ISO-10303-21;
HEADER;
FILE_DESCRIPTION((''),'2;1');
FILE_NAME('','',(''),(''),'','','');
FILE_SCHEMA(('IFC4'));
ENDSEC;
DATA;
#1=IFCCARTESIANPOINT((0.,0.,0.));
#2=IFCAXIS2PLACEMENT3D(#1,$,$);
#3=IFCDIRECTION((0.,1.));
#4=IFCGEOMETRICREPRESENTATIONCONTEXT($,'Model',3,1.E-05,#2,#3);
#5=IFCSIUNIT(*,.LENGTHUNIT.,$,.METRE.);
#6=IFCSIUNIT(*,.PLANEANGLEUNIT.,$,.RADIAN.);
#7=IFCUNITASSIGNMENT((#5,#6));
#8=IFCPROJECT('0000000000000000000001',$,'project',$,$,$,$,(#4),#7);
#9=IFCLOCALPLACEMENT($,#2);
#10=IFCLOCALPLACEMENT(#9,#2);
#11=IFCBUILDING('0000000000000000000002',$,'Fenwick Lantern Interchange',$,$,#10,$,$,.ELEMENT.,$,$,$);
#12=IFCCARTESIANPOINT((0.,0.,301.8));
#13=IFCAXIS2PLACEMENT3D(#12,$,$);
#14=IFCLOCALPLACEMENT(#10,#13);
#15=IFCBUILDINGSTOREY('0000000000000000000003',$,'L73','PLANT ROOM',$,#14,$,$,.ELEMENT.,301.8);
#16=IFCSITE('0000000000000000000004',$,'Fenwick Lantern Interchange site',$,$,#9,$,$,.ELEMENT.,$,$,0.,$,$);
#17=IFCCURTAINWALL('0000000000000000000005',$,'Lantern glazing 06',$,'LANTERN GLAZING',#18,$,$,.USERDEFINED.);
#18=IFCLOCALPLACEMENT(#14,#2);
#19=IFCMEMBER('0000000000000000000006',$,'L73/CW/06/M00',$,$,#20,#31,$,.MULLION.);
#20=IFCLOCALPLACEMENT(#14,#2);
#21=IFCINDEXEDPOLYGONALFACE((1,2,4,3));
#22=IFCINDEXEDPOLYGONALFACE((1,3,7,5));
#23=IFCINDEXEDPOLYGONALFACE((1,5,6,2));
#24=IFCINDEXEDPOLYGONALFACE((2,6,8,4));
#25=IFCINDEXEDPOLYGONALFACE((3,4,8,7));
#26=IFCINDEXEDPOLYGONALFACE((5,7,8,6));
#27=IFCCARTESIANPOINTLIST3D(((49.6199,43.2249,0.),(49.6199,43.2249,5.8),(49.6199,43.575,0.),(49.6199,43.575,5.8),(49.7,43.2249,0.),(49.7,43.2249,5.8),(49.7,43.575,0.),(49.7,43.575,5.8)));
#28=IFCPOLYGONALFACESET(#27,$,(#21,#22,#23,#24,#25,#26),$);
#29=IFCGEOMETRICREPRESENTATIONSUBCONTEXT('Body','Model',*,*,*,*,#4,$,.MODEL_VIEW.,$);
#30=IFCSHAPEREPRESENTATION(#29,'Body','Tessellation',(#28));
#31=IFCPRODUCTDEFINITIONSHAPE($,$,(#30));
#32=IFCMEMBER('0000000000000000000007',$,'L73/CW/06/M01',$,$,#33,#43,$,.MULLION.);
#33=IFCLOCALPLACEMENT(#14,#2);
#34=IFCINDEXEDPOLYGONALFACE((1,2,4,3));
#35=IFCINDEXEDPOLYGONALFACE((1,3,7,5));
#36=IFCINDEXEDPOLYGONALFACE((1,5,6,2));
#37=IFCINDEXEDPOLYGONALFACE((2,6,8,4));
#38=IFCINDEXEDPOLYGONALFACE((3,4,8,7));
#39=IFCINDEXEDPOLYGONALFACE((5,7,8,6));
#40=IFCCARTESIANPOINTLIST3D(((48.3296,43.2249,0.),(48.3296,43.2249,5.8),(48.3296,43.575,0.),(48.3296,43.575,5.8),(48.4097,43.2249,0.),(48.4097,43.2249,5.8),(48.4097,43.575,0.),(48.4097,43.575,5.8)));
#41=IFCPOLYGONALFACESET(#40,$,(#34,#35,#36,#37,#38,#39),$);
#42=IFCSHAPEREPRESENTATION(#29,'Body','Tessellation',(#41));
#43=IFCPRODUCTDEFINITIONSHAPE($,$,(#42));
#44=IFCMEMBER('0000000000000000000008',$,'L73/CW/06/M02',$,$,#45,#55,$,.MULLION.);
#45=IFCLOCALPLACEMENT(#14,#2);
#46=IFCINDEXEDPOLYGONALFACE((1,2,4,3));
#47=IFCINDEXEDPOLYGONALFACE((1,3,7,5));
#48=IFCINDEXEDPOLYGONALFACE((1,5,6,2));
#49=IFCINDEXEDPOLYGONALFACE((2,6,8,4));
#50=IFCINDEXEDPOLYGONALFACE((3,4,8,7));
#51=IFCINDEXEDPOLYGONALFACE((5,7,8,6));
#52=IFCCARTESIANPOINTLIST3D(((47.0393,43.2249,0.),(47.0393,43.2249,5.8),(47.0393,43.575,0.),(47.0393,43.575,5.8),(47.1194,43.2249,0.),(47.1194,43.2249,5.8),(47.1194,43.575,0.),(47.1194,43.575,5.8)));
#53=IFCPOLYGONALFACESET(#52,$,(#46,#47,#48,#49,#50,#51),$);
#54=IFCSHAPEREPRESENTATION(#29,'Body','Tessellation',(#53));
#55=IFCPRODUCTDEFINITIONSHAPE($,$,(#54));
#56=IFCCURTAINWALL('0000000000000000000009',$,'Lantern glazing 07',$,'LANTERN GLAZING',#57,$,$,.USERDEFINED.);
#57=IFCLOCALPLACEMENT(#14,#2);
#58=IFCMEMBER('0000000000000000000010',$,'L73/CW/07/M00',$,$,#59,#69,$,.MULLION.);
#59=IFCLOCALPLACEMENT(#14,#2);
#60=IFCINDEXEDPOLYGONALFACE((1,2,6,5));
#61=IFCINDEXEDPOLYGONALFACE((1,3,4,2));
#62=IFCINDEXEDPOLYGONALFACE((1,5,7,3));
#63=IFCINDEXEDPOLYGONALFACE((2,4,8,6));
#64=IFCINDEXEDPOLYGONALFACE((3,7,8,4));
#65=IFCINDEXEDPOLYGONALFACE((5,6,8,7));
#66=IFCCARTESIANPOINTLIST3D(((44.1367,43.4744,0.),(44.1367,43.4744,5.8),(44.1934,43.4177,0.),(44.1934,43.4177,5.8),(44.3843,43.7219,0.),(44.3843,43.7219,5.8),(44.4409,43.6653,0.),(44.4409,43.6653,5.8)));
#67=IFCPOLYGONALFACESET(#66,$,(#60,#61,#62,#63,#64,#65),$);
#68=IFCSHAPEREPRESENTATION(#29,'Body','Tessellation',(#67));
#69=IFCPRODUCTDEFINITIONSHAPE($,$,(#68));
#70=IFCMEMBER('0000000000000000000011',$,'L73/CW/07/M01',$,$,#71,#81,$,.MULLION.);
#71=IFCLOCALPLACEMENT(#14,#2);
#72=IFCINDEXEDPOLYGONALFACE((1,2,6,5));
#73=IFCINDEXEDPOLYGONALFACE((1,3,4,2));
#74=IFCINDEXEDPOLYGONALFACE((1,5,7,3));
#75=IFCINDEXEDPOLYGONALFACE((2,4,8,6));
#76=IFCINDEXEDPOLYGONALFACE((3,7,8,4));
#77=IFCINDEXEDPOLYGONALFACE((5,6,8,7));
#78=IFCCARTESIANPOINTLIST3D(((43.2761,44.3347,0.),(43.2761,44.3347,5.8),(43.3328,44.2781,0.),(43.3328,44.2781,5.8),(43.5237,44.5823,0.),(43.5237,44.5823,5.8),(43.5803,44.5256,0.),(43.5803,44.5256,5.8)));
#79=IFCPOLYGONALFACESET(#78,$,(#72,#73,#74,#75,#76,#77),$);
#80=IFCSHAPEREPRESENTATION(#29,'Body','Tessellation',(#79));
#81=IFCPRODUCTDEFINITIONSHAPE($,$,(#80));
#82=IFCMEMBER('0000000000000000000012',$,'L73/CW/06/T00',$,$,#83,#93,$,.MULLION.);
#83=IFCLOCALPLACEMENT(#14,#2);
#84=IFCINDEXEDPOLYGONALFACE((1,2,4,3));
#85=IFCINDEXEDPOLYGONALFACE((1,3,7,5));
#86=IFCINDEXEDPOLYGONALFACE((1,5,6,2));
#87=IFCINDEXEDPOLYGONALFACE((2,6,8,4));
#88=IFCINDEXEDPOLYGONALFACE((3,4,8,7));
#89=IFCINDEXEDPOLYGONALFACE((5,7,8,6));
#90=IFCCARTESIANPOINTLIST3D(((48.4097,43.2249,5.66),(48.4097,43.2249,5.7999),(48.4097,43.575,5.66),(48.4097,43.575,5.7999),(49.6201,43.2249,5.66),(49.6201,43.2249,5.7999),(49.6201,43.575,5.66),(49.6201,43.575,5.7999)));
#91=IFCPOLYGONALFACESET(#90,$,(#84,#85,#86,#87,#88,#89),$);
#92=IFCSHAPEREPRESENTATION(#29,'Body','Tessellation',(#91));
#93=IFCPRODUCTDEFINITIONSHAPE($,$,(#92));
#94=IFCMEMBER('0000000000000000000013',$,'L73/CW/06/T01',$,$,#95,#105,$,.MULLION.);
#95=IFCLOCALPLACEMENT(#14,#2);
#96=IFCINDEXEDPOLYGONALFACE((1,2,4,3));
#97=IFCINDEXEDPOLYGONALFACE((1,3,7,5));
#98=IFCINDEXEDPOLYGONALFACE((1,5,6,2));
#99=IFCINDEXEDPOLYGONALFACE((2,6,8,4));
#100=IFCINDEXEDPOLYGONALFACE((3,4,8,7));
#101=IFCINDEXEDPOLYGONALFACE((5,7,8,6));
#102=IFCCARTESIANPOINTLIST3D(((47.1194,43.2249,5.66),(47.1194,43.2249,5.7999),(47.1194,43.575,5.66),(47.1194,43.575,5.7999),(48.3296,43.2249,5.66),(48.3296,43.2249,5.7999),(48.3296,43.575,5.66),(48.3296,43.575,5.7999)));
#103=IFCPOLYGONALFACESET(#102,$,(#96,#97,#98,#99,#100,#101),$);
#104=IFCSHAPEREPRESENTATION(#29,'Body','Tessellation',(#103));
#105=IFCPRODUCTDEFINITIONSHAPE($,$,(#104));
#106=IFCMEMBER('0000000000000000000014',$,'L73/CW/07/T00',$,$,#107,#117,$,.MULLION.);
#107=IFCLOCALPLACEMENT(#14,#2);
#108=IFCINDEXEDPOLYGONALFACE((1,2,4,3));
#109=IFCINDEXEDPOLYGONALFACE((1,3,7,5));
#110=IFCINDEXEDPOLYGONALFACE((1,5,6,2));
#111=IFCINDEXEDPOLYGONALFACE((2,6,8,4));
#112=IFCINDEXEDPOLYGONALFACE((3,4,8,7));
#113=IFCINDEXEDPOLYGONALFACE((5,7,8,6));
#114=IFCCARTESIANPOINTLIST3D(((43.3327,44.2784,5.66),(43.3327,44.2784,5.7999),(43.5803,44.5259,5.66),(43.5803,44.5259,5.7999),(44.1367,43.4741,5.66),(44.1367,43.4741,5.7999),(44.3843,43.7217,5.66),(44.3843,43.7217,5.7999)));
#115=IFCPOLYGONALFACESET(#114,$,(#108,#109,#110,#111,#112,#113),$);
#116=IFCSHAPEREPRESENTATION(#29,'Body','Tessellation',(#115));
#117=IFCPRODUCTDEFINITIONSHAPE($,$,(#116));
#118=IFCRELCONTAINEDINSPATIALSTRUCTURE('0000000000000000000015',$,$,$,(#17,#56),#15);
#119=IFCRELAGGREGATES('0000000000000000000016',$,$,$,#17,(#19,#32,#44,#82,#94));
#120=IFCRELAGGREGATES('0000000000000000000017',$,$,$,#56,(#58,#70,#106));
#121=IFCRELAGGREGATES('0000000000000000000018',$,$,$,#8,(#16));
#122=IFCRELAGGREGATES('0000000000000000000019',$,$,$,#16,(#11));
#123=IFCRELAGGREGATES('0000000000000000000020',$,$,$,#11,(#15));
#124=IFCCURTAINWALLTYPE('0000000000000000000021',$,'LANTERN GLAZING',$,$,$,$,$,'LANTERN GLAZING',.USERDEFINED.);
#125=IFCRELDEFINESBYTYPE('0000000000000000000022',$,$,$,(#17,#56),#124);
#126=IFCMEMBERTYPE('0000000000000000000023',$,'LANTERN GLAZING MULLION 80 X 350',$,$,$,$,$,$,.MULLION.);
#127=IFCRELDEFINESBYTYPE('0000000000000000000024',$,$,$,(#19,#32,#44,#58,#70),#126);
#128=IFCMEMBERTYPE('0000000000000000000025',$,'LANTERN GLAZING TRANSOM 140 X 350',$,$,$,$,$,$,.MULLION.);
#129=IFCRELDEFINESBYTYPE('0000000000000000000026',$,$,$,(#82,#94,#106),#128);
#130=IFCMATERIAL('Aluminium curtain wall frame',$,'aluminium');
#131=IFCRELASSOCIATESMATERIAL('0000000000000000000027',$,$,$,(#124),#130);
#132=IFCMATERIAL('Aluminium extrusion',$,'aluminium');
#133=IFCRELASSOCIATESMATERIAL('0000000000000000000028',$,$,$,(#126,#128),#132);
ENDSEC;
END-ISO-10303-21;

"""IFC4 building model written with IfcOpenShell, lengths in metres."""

from ifc_helpers import new_model, si_unit, direction, frame, origin, origin_2d, place, context, subcontext, project, spatial, rectangle, extrude, material, material_profile, profile_set, type_object, element, aggregate, save


model = new_model("IFC4")

# Units and contexts
model_context = context("Model", 3, precision=1e-05, world=origin(), true_north=direction((0.0, 1.0)))
body_context = subcontext(model_context, "Body", "Model", "MODEL_VIEW")
ifc_project = project(units=[si_unit("LENGTHUNIT", "METRE"), si_unit("PLANEANGLEUNIT", "RADIAN")], contexts=[model_context])

# Site, building, storey
site_placement = place(None, origin())
site = spatial("IfcSite", under=ifc_project, at=site_placement, Name="Fenwick Lantern Interchange site", CompositionType="ELEMENT", RefElevation=0.0)
building_placement = place(site_placement, origin())
building = spatial("IfcBuilding", under=site, at=building_placement, Name="Fenwick Lantern Interchange", CompositionType="ELEMENT")
storey_placement = place(building_placement, frame((0.0, 0.0, 301.8)))
storey = spatial("IfcBuildingStorey", under=building, at=storey_placement, Name="L73", Description="PLANT ROOM", CompositionType="ELEMENT", Elevation=301.8)

# Curtain walls, members
ifc_material_1 = material(Name="Aluminium curtain wall frame", Category="aluminium")
curtain_wall_type = type_object("IfcCurtainWallType", Name="LANTERN GLAZING", ElementType="LANTERN GLAZING", PredefinedType="USERDEFINED", material=ifc_material_1)
curtain_wall_1_placement = place(storey_placement, origin())
curtain_wall_1 = element("IfcCurtainWall", 1, at=curtain_wall_1_placement, inside=storey, type_object=curtain_wall_type, Name="Lantern glazing 06", ObjectType="LANTERN GLAZING", PredefinedType="USERDEFINED")
ifc_material_2 = material(Name="Aluminium extrusion", Category="aluminium")
ifc_material_profile_1 = material_profile(ifc_material_2, rectangle(XDim=0.3501, YDim=0.0801, at=origin_2d()), Name="LANTERN GLAZING MULLION 80 X 350")
ifc_profile_set_1 = profile_set([ifc_material_profile_1], Name="Aluminium extrusion")
member_type_1 = type_object("IfcMemberType", Name="LANTERN GLAZING MULLION 80 X 350", PredefinedType="MULLION", material=ifc_profile_set_1)
member_1_placement = place(storey_placement, frame((49.6599, 43.3999, 0.0), z_axis=(0.0, 0.0, 1.0), x_axis=(0.0, -1.0, 0.0)))
member_1 = element("IfcMember", 2, at=member_1_placement, type_object=member_type_1, Name="L73/CW/06/M00", PredefinedType="MULLION", context=body_context, shape_type="SweptSolid", body=[
    extrude(rectangle(XDim=0.3501, YDim=0.0801, at=origin_2d()), origin(), (0.0, 0.0, 1.0), 5.8),
])
member_2_placement = place(storey_placement, frame((48.3696, 43.3999, 0.0), z_axis=(0.0, 0.0, 1.0), x_axis=(0.0, -1.0, 0.0)))
member_2 = element("IfcMember", 3, at=member_2_placement, type_object=member_type_1, Name="L73/CW/06/M01", PredefinedType="MULLION", context=body_context, shape_type="SweptSolid", body=[
    extrude(rectangle(XDim=0.3501, YDim=0.0801, at=origin_2d()), origin(), (0.0, 0.0, 1.0), 5.8),
])
member_3_placement = place(storey_placement, frame((47.0793, 43.3999, 0.0), z_axis=(0.0, 0.0, 1.0), x_axis=(0.0, -1.0, 0.0)))
member_3 = element("IfcMember", 4, at=member_3_placement, type_object=member_type_1, Name="L73/CW/06/M02", PredefinedType="MULLION", context=body_context, shape_type="SweptSolid", body=[
    extrude(rectangle(XDim=0.3501, YDim=0.0801, at=origin_2d()), origin(), (0.0, 0.0, 1.0), 5.8),
])
curtain_wall_2_placement = place(storey_placement, origin())
curtain_wall_2 = element("IfcCurtainWall", 5, at=curtain_wall_2_placement, inside=storey, type_object=curtain_wall_type, Name="Lantern glazing 07", ObjectType="LANTERN GLAZING", PredefinedType="USERDEFINED")
member_4_placement = place(storey_placement, frame((44.2888, 43.5698, 0.0), z_axis=(0.0, 0.0, 1.0), x_axis=(-0.707107, -0.707107, 0.0)))
member_4 = element("IfcMember", 6, at=member_4_placement, type_object=member_type_1, Name="L73/CW/07/M00", PredefinedType="MULLION", context=body_context, shape_type="SweptSolid", body=[
    extrude(rectangle(XDim=0.3501, YDim=0.0801, at=origin_2d()), origin(), (0.0, 0.0, 1.0), 5.8),
])
member_5_placement = place(storey_placement, frame((43.4282, 44.4302, 0.0), z_axis=(0.0, 0.0, 1.0), x_axis=(-0.707107, -0.707107, 0.0)))
member_5 = element("IfcMember", 7, at=member_5_placement, type_object=member_type_1, Name="L73/CW/07/M01", PredefinedType="MULLION", context=body_context, shape_type="SweptSolid", body=[
    extrude(rectangle(XDim=0.3501, YDim=0.0801, at=origin_2d()), origin(), (0.0, 0.0, 1.0), 5.8),
])

# Members
ifc_material_profile_2 = material_profile(ifc_material_2, rectangle(XDim=0.3501, YDim=0.1399, at=origin_2d()), Name="LANTERN GLAZING TRANSOM 140 X 350")
ifc_profile_set_2 = profile_set([ifc_material_profile_2], Name="Aluminium extrusion")
member_type_2 = type_object("IfcMemberType", Name="LANTERN GLAZING TRANSOM 140 X 350", PredefinedType="MULLION", material=ifc_profile_set_2)
member_6_placement = place(storey_placement, frame((49.6201, 43.3999, 5.73), z_axis=(-1.0, 0.0, 0.0), x_axis=(0.0, -1.0, 0.0)))
member_6 = element("IfcMember", 8, at=member_6_placement, type_object=member_type_2, Name="L73/CW/06/T00", PredefinedType="MULLION", context=body_context, shape_type="SweptSolid", body=[
    extrude(rectangle(XDim=0.3501, YDim=0.1399, at=origin_2d()), origin(), (0.0, 0.0, 1.0), 1.2104),
])
member_7_placement = place(storey_placement, frame((48.3296, 43.3999, 5.73), z_axis=(-1.0, 0.0, 0.0), x_axis=(0.0, -1.0, 0.0)))
member_7 = element("IfcMember", 9, at=member_7_placement, type_object=member_type_2, Name="L73/CW/06/T01", PredefinedType="MULLION", context=body_context, shape_type="SweptSolid", body=[
    extrude(rectangle(XDim=0.3501, YDim=0.1399, at=origin_2d()), origin(), (0.0, 0.0, 1.0), 1.2102),
])
aggregate(curtain_wall_1, [member_1, member_2, member_3, member_6, member_7])
member_8_placement = place(storey_placement, frame((44.2605, 43.5979, 5.73), z_axis=(-0.706999, 0.707214, 0.0), x_axis=(-0.707214, -0.706999, 0.0)))
member_8 = element("IfcMember", 10, at=member_8_placement, type_object=member_type_2, Name="L73/CW/07/T00", PredefinedType="MULLION", context=body_context, shape_type="SweptSolid", body=[
    extrude(rectangle(XDim=0.3501, YDim=0.1399, at=origin_2d()), origin(), (0.0, 0.0, 1.0), 1.1372),
])
aggregate(curtain_wall_2, [member_4, member_5, member_8])

save(model, "model.ifc")
